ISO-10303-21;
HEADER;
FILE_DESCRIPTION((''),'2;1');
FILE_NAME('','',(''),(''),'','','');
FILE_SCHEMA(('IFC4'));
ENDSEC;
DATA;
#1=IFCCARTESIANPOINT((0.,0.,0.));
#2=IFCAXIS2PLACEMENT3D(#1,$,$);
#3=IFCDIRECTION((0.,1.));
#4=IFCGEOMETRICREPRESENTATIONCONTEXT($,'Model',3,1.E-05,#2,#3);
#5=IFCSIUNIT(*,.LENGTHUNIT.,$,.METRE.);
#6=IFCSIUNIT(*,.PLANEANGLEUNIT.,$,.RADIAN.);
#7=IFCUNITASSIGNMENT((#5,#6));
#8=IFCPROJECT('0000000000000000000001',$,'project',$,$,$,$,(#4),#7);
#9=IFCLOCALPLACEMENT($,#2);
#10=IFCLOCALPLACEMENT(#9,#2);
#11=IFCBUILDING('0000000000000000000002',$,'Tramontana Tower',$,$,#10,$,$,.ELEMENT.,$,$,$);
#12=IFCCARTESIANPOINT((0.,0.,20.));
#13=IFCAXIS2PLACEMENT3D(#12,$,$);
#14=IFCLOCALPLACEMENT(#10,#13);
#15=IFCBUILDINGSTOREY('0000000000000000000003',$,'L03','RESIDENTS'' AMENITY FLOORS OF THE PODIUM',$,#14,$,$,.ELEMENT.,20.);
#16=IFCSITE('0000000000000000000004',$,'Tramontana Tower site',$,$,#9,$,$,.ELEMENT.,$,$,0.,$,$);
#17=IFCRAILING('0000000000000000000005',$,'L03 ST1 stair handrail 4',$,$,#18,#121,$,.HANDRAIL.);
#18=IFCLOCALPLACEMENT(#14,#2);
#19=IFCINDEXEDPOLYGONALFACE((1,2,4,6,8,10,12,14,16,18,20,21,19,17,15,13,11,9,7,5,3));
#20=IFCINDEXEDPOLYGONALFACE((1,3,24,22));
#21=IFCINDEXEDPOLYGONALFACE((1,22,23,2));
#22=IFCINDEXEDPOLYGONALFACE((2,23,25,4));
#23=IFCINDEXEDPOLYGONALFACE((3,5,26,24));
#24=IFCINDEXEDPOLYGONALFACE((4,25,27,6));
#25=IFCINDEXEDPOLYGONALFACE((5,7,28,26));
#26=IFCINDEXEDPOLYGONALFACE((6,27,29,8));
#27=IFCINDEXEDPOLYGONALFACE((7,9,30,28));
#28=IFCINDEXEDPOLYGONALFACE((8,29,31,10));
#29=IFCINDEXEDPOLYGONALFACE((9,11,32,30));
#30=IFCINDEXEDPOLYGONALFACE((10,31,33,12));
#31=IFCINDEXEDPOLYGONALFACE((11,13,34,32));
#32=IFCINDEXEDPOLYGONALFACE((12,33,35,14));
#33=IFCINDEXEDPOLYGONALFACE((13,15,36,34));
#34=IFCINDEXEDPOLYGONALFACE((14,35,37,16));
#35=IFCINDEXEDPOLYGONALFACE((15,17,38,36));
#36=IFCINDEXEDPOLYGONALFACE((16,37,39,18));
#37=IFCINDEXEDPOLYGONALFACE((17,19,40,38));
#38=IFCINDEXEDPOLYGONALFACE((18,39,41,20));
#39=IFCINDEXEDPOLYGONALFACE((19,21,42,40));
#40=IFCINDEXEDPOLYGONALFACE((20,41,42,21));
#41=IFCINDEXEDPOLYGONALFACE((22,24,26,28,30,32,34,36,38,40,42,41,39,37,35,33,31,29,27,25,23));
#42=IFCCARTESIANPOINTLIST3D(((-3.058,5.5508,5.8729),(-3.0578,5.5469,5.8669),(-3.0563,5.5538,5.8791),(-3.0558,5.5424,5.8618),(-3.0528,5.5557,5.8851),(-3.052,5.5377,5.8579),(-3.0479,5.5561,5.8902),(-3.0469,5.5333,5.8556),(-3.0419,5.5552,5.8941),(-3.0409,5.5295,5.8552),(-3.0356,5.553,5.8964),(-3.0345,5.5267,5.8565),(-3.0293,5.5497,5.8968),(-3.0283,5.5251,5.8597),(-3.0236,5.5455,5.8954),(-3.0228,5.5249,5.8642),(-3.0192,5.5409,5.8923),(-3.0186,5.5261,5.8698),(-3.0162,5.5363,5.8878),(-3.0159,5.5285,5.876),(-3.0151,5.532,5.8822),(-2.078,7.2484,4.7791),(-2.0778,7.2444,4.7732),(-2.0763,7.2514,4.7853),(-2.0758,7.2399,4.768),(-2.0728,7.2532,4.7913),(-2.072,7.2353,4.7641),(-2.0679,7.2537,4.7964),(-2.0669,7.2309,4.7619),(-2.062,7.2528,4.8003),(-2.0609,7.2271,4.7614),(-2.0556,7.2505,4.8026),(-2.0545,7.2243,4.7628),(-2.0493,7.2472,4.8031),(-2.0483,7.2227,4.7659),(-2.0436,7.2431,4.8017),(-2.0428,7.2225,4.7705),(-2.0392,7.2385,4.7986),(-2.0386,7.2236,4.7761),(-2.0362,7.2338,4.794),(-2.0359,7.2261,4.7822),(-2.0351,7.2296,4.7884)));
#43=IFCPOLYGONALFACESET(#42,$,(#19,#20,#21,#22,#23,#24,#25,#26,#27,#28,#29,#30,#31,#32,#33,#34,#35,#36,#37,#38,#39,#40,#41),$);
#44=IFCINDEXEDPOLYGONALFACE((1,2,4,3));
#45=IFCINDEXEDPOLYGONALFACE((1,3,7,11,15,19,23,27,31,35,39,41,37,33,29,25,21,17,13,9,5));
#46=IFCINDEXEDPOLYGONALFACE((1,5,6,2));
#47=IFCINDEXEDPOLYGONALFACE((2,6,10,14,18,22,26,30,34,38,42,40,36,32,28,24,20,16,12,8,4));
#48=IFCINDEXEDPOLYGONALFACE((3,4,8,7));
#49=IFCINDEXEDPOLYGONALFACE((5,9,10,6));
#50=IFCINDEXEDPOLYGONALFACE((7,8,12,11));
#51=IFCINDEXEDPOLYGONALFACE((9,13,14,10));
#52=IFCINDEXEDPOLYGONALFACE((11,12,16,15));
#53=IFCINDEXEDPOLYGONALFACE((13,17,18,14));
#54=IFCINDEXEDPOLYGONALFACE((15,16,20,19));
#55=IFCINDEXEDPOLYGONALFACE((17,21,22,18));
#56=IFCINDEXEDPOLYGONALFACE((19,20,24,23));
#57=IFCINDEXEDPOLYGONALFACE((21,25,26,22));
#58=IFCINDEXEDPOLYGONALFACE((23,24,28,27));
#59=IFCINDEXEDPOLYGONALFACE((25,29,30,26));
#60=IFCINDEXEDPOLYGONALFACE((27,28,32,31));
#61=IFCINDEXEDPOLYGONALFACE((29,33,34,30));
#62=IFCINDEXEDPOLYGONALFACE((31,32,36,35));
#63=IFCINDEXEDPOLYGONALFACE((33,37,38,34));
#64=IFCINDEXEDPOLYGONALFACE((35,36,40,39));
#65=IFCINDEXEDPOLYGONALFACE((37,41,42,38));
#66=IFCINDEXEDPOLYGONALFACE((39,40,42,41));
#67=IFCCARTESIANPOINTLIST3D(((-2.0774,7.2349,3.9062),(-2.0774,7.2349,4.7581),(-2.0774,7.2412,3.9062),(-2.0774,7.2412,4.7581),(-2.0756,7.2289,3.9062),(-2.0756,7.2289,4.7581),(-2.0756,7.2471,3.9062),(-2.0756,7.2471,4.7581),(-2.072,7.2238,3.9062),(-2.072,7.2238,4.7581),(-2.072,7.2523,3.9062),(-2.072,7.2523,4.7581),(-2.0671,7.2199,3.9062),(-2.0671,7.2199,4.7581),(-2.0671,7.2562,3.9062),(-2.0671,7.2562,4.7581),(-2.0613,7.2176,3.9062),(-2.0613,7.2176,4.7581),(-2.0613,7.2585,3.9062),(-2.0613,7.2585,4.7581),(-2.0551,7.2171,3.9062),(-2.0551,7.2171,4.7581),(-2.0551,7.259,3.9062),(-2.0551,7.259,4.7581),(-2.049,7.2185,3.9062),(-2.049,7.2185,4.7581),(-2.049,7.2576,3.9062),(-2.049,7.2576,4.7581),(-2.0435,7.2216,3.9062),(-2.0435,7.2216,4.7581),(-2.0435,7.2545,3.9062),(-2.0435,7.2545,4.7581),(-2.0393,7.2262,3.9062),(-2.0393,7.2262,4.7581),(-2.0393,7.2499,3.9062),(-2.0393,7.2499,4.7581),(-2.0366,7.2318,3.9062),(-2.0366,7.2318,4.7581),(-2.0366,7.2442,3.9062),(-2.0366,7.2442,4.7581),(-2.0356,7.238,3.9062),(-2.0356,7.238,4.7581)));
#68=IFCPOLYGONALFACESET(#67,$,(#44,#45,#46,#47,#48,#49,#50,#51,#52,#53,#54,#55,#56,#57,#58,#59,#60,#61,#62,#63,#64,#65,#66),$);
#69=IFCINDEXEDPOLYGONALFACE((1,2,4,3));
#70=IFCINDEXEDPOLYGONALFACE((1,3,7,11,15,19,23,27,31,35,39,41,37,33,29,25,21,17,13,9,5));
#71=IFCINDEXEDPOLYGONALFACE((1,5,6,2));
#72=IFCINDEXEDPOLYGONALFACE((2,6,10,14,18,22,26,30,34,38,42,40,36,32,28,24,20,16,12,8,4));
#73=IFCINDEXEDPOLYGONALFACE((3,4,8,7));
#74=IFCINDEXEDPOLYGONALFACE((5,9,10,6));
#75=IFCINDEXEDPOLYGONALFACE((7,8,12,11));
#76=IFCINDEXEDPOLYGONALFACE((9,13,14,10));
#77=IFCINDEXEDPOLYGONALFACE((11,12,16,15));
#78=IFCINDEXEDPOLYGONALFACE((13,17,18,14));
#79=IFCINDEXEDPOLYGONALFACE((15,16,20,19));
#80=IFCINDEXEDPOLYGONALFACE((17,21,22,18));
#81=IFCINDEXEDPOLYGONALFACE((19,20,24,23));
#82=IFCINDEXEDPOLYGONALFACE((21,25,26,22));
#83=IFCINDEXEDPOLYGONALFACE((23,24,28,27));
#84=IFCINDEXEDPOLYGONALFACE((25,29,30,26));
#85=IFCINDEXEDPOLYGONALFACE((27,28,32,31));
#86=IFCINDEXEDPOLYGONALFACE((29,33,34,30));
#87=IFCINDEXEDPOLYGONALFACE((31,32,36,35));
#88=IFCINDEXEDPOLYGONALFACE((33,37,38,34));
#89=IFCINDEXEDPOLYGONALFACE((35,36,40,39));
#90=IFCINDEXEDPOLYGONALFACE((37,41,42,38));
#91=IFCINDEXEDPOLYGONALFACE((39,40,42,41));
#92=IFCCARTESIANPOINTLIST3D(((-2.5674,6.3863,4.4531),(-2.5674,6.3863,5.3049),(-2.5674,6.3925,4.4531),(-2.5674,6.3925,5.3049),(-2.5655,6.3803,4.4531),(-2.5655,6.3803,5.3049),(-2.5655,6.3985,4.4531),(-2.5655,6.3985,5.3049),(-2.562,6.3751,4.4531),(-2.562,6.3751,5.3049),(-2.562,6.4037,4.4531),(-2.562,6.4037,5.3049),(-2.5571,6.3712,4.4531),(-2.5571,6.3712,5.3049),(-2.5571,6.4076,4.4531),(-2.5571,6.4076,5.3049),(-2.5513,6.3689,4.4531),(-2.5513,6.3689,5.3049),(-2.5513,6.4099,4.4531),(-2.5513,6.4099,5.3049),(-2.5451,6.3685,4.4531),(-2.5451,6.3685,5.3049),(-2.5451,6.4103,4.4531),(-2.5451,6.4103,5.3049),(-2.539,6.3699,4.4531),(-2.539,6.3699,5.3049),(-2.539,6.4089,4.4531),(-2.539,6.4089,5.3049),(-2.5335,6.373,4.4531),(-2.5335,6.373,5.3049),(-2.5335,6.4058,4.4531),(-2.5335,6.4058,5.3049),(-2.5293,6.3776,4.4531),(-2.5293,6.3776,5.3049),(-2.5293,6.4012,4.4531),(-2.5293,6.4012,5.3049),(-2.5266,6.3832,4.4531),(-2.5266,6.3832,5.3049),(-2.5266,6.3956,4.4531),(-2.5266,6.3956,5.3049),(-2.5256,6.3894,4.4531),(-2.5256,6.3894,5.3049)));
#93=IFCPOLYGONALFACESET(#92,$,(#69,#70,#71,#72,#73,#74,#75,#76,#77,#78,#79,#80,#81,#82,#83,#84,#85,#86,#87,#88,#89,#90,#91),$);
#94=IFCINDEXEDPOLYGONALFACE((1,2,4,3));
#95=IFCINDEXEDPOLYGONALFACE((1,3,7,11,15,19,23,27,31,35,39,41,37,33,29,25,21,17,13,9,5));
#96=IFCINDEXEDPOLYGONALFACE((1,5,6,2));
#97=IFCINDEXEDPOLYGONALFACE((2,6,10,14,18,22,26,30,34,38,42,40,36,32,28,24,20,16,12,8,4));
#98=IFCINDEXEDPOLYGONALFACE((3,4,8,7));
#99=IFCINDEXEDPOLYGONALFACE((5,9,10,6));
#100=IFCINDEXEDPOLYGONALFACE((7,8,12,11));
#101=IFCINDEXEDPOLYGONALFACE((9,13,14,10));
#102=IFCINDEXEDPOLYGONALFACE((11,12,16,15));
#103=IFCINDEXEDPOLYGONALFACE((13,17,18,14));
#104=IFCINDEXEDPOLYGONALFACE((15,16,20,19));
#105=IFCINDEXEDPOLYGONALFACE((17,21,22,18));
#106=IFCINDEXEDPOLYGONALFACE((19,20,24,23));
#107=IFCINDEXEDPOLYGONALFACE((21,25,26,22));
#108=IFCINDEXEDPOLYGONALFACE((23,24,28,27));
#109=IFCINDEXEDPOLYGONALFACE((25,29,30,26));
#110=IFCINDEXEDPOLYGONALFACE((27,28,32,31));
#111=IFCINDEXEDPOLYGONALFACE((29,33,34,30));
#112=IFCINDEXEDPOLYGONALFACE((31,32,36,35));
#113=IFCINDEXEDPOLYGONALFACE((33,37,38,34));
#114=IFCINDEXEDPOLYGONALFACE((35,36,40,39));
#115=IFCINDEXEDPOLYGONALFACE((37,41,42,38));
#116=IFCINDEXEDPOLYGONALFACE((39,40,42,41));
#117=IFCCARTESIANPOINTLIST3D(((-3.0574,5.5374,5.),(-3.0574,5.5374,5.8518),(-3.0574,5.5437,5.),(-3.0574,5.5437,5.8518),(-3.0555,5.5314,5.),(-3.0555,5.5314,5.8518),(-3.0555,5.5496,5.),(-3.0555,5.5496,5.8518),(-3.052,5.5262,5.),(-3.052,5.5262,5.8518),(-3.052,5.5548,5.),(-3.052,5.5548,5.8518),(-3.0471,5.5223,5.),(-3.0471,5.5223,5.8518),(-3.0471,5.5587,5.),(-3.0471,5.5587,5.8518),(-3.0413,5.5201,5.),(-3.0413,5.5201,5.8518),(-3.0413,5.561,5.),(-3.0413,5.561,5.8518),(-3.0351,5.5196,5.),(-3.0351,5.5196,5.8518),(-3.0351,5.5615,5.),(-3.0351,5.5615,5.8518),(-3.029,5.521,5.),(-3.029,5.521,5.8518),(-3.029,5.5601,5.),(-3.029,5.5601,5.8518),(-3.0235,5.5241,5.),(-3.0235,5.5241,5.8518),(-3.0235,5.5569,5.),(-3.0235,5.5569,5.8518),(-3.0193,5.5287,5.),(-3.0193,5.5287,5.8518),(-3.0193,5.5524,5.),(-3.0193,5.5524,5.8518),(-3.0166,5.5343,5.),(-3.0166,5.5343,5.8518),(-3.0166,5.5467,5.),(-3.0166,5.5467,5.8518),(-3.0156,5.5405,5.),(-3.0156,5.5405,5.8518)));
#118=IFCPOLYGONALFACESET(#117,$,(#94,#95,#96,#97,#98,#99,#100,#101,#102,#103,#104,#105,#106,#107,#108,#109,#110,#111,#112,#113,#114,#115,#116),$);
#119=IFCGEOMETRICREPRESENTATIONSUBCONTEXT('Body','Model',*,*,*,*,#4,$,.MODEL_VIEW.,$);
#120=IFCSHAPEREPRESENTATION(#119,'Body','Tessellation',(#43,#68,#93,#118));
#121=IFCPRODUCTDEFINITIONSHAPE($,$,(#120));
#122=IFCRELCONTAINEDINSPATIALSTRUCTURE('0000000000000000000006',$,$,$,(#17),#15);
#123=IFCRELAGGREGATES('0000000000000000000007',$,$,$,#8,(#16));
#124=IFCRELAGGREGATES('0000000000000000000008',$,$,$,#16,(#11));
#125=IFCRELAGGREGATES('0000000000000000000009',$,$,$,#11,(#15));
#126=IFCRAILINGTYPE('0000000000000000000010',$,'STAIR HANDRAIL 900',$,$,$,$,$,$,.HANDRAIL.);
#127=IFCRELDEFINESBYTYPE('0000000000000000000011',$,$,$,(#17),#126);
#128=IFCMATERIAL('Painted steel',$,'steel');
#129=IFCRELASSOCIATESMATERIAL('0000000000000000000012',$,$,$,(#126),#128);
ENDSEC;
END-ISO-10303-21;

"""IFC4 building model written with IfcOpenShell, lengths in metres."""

from ifc_helpers import new_model, si_unit, direction, frame, origin, origin_2d, place, context, subcontext, project, spatial, circle, extrude, material, type_object, element, save


model = new_model("IFC4")

# Units and contexts
model_context = context("Model", 3, precision=1e-05, world=origin(), true_north=direction((0.0, 1.0)))
body_context = subcontext(model_context, "Body", "Model", "MODEL_VIEW")
ifc_project = project(units=[si_unit("LENGTHUNIT", "METRE"), si_unit("PLANEANGLEUNIT", "RADIAN")], contexts=[model_context])

# Site, building, storey
site_placement = place(None, origin())
site = spatial("IfcSite", under=ifc_project, at=site_placement, Name="Tramontana Tower site", CompositionType="ELEMENT", RefElevation=0.0)
building_placement = place(site_placement, origin())
building = spatial("IfcBuilding", under=site, at=building_placement, Name="Tramontana Tower", CompositionType="ELEMENT")
storey_placement = place(building_placement, frame((0.0, 0.0, 20.0)))
storey = spatial("IfcBuildingStorey", under=building, at=storey_placement, Name="L03", Description="RESIDENTS' AMENITY FLOORS OF THE PODIUM", CompositionType="ELEMENT", Elevation=20.0)

# Railing
ifc_material_1 = material(Name="Painted steel", Category="steel")
railing_type = type_object("IfcRailingType", Name="STAIR HANDRAIL 900", PredefinedType="HANDRAIL", material=ifc_material_1)
railing_placement = place(storey_placement, frame((-2.0566, 7.238, 3.9062)))
element("IfcRailing", 1, at=railing_placement, inside=storey, type_object=railing_type, Name="L03 ST1 stair handrail 4", PredefinedType="HANDRAIL", context=body_context, shape_type="SweptSolid", body=[
    extrude(circle(Radius=0.0239, at=origin_2d()), frame((0.0, 0.0, 0.876), z_axis=(-0.436596, -0.756267, 0.487282), x_axis=(0.866042, -0.49997, 0.0)), (0.0, 0.0, 1.0), 2.2446),
    extrude(circle(Radius=0.021, at=origin_2d()), origin(), (0.0, 0.0, 1.0), 0.8518),
    extrude(circle(Radius=0.021, at=origin_2d()), frame((-0.49, -0.8486, 0.5469)), (0.0, 0.0, 1.0), 0.8518),
    extrude(circle(Radius=0.021, at=origin_2d()), frame((-0.98, -1.6975, 1.0938)), (0.0, 0.0, 1.0), 0.8518),
])

save(model, "model.ifc")
